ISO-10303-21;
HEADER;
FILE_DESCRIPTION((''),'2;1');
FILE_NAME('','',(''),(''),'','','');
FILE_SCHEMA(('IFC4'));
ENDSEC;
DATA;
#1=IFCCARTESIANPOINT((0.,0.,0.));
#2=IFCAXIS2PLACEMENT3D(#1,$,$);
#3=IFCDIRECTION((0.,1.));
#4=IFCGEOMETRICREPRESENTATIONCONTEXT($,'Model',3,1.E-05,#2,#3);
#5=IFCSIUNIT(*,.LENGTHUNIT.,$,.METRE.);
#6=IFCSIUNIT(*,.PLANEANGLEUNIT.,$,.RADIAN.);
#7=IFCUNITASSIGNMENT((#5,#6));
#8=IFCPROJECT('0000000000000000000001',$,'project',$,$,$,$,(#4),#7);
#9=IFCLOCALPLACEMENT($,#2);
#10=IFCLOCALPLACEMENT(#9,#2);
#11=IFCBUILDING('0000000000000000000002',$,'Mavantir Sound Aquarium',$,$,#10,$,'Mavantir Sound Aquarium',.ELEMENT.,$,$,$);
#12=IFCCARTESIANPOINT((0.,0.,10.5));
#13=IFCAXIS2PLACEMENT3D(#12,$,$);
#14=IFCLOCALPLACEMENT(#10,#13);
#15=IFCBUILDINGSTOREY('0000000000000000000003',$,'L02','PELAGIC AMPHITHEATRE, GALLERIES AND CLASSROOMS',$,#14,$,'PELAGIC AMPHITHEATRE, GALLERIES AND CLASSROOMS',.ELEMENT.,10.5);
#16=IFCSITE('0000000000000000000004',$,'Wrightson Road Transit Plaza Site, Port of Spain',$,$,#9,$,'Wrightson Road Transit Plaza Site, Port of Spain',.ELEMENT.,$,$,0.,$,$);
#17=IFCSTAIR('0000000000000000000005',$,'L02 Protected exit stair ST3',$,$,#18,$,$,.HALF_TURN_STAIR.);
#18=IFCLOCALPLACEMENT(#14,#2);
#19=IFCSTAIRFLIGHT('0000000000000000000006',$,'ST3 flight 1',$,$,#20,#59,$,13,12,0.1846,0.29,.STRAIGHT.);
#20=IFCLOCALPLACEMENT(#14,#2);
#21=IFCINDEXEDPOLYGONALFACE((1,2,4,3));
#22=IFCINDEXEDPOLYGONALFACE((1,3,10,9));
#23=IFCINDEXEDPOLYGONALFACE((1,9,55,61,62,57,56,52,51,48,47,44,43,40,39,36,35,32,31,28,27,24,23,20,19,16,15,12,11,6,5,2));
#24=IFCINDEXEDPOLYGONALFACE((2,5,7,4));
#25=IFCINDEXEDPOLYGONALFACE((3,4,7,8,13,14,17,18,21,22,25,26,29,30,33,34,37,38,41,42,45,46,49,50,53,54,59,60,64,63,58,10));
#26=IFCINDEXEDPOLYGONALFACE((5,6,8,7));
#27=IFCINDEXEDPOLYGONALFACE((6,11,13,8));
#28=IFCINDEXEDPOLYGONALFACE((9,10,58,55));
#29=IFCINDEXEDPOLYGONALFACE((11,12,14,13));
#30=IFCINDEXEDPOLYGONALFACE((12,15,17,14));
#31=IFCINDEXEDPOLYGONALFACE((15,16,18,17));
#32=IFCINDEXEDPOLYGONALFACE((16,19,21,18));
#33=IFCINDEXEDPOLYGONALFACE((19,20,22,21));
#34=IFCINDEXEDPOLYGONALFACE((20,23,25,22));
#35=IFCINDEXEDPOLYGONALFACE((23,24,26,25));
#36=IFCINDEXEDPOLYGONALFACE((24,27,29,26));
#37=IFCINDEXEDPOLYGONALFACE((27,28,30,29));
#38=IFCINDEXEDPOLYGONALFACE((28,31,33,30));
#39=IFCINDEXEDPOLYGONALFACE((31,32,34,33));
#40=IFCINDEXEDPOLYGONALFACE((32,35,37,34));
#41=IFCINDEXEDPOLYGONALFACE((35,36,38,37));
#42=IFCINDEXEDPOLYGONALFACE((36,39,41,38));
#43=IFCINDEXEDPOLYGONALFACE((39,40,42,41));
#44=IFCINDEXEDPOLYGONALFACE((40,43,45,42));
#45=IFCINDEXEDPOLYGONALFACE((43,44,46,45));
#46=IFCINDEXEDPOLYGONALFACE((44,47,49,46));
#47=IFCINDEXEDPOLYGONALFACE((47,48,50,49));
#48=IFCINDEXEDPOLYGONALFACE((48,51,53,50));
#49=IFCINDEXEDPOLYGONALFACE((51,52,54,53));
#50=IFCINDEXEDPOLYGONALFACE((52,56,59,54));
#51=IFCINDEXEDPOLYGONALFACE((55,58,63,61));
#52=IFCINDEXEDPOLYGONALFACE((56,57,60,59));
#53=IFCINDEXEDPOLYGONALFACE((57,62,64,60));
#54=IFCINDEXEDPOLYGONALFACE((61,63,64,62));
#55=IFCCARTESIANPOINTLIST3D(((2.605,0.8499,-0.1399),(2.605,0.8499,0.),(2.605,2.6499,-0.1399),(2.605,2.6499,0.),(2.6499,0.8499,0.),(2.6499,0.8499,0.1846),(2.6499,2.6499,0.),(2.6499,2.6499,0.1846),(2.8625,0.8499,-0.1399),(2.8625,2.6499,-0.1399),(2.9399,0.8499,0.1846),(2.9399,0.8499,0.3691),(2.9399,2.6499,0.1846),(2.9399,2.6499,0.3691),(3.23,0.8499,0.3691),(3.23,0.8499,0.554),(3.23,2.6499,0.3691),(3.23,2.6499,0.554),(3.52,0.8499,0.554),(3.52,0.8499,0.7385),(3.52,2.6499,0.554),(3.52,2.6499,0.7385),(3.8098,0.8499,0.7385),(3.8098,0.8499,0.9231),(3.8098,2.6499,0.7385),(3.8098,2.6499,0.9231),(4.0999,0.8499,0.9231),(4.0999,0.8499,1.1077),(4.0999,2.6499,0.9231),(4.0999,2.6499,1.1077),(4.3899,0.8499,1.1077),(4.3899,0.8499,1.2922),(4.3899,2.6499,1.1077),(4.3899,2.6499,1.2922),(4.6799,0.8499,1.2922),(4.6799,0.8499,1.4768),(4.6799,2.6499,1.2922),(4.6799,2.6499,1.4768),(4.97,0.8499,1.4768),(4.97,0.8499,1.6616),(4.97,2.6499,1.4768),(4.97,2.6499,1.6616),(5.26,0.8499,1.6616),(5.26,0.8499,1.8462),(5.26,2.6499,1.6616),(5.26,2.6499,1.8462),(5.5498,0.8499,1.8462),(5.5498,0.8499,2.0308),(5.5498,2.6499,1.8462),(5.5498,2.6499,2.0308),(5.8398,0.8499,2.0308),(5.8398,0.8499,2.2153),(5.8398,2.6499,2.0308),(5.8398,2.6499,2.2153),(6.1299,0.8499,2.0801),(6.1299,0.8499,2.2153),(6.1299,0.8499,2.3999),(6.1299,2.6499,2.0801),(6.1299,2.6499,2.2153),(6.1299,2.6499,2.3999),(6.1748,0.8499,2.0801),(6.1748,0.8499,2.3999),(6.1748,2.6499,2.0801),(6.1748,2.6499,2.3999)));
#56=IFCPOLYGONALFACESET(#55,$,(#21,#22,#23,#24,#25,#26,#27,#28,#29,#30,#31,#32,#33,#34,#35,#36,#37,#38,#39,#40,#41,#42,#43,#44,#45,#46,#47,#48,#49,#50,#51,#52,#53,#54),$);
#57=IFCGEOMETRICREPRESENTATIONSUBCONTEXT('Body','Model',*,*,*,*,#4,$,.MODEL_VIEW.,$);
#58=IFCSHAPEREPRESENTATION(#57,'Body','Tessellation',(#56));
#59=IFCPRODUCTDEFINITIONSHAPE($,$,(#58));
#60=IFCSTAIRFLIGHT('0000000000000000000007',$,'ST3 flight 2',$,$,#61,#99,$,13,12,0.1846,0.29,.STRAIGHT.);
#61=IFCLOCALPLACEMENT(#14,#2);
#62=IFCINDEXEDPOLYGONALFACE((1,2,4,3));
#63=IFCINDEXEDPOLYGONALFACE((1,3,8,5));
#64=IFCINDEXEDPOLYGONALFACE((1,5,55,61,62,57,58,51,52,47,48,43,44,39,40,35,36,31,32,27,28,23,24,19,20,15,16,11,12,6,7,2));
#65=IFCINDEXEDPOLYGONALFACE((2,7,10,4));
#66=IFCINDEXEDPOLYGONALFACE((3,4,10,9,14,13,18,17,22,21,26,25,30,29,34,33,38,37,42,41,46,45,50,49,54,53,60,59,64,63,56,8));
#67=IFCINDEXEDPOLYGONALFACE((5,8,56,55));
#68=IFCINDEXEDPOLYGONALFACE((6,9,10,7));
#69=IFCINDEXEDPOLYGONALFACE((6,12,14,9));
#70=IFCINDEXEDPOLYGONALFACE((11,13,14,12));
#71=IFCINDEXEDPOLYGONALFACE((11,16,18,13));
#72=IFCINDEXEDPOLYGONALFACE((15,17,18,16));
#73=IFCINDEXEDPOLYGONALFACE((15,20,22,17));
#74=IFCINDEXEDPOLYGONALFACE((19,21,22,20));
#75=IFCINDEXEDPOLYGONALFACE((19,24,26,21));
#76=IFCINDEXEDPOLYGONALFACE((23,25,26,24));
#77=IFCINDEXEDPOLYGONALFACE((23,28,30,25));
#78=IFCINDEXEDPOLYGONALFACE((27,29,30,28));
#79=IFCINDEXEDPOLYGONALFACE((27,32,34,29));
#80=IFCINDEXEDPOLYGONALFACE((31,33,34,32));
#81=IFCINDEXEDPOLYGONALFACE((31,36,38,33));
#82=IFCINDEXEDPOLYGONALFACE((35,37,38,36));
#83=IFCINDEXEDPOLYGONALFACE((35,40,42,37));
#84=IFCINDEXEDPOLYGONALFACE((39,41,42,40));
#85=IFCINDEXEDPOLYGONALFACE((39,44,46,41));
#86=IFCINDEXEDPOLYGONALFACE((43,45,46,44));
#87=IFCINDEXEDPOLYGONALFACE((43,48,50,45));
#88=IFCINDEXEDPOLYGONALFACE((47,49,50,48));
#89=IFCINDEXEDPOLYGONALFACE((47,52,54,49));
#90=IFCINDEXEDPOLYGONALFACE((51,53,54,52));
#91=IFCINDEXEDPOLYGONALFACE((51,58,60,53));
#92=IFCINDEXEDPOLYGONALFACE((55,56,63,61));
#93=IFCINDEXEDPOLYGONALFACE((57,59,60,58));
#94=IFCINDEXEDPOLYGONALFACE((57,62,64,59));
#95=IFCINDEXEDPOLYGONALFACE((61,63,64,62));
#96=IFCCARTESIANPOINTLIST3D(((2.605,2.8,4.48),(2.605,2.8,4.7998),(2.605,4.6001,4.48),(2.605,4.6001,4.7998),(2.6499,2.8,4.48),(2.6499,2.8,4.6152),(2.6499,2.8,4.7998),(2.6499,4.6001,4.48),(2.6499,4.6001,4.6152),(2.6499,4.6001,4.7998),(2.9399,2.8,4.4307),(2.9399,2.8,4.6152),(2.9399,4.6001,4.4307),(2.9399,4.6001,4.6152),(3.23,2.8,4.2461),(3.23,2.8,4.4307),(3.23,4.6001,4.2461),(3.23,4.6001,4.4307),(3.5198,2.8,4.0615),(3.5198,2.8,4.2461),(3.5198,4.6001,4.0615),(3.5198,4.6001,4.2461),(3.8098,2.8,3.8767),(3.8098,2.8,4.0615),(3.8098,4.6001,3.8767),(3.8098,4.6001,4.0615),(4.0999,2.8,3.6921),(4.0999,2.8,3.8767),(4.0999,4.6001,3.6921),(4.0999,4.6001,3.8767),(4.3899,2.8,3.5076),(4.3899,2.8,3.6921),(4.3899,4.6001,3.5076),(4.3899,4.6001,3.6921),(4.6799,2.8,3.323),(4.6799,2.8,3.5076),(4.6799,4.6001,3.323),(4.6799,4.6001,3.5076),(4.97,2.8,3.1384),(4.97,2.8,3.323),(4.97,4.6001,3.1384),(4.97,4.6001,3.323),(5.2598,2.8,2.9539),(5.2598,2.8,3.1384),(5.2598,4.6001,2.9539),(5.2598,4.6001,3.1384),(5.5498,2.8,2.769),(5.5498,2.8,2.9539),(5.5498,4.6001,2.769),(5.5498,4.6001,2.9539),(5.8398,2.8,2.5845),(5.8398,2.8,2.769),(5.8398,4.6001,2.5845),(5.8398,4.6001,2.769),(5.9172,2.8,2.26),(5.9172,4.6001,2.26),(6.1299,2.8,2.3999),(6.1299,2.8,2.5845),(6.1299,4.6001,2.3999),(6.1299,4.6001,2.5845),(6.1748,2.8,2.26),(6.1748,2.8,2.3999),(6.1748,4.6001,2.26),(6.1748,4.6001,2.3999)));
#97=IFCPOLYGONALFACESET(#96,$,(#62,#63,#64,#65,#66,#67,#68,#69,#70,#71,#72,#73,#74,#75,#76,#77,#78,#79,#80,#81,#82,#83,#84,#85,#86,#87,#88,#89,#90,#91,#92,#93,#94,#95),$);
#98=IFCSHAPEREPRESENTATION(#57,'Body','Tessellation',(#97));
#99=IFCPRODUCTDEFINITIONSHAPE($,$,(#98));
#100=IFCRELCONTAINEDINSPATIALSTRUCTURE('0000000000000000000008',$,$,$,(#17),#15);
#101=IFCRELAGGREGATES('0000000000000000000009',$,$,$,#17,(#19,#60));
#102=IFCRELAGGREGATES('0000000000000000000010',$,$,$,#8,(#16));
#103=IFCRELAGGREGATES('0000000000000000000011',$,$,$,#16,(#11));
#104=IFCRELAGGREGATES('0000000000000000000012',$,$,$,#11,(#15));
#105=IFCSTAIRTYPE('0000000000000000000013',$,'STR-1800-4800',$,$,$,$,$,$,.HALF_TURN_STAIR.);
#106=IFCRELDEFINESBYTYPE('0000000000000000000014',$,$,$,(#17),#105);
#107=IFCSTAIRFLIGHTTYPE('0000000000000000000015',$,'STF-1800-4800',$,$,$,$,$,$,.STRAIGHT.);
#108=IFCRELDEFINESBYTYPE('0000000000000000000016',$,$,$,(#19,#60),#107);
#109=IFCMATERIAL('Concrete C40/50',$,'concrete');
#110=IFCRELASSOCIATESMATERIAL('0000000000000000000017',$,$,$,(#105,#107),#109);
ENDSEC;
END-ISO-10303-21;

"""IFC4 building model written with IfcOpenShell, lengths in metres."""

from ifc_helpers import new_model, si_unit, direction, frame, origin, place, context, subcontext, project, spatial, polyline, outline, extrude, material, type_object, element, aggregate, save


model = new_model("IFC4")

# Units and contexts
model_context = context("Model", 3, precision=1e-05, world=origin(), true_north=direction((0.0, 1.0)))
body_context = subcontext(model_context, "Body", "Model", "MODEL_VIEW")
ifc_project = project(units=[si_unit("LENGTHUNIT", "METRE"), si_unit("PLANEANGLEUNIT", "RADIAN")], contexts=[model_context])

# Site, building, storey
site_placement = place(None, origin())
site = spatial("IfcSite", under=ifc_project, at=site_placement, Name="Wrightson Road Transit Plaza Site, Port of Spain", LongName="Wrightson Road Transit Plaza Site, Port of Spain", CompositionType="ELEMENT", RefElevation=0.0)
building_placement = place(site_placement, origin())
building = spatial("IfcBuilding", under=site, at=building_placement, Name="Mavantir Sound Aquarium", LongName="Mavantir Sound Aquarium", CompositionType="ELEMENT")
storey_placement = place(building_placement, frame((0.0, 0.0, 10.5)))
storey = spatial("IfcBuildingStorey", under=building, at=storey_placement, Name="L02", Description="PELAGIC AMPHITHEATRE, GALLERIES AND CLASSROOMS", LongName="PELAGIC AMPHITHEATRE, GALLERIES AND CLASSROOMS", CompositionType="ELEMENT", Elevation=10.5)

# Shared definitions
ifc_material_1 = material(Name="Concrete C40/50", Category="concrete")

# Stair
stair_type_1 = type_object("IfcStairType", Name="STR-1800-4800", PredefinedType="HALF_TURN_STAIR", material=ifc_material_1)
stair_1_placement = place(storey_placement, origin())
stair_1 = element("IfcStair", 1, at=stair_1_placement, inside=storey, type_object=stair_type_1, Name="L02 Protected exit stair ST3", PredefinedType="HALF_TURN_STAIR")

# Stair flights
stair_flight_type = type_object("IfcStairFlightType", Name="STF-1800-4800", PredefinedType="STRAIGHT", material=ifc_material_1)
stair_flight_1_placement = place(storey_placement, frame((2.6499, 1.75, 0.0), z_axis=(0.0, 0.0, 1.0), x_axis=(1.0, 0.0, 0.0)))
stair_flight_1 = element("IfcStairFlight", 2, at=stair_flight_1_placement, type_object=stair_flight_type, Name="ST3 flight 1", NumberOfRisers=13, NumberOfTreads=12, PredefinedType="STRAIGHT", RiserHeight=0.1846, TreadLength=0.29, context=body_context, shape_type="SweptSolid", body=[
    extrude(outline(polyline([(-0.0449, -0.1399), (-0.0449, 0.0), (0.0, 0.0), (0.0, 0.1846), (0.29, 0.1846), (0.29, 0.3691), (0.5801, 0.3691), (0.5801, 0.554), (0.8701, 0.554), (0.8701, 0.7385), (1.1599, 0.7385), (1.1599, 0.9231), (1.45, 0.9231), (1.45, 1.1077), (1.74, 1.1077), (1.74, 1.2922), (2.03, 1.2922), (2.03, 1.4768), (2.3201, 1.4768), (2.3201, 1.6616), (2.6101, 1.6616), (2.6101, 1.8462), (2.8999, 1.8462), (2.8999, 2.0308), (3.1899, 2.0308), (3.1899, 2.2153), (3.48, 2.2153), (3.48, 2.3999), (3.5249, 2.3999), (3.5249, 2.0801), (3.48, 2.0801), (0.2126, -0.1399), (-0.0449, -0.1399)])), frame((0.0, 0.8999, 0.0), z_axis=(0.0, -1.0, 0.0), x_axis=(1.0, 0.0, 0.0)), (0.0, 0.0, 1.0), 1.8),
])
stair_flight_2_placement = place(storey_placement, frame((6.1299, 3.7, 2.3999), z_axis=(0.0, 0.0, 1.0), x_axis=(-1.0, 0.0, 0.0)))
stair_flight_2 = element("IfcStairFlight", 3, at=stair_flight_2_placement, type_object=stair_flight_type, Name="ST3 flight 2", NumberOfRisers=13, NumberOfTreads=12, PredefinedType="STRAIGHT", RiserHeight=0.1846, TreadLength=0.29, context=body_context, shape_type="SweptSolid", body=[
    extrude(outline(polyline([(-0.0449, -0.1399), (-0.0449, 0.0), (0.0, 0.0), (0.0, 0.1846), (0.29, 0.1846), (0.29, 0.3691), (0.5801, 0.3691), (0.5801, 0.554), (0.8701, 0.554), (0.8701, 0.7385), (1.1599, 0.7385), (1.1599, 0.9231), (1.45, 0.9231), (1.45, 1.1077), (1.74, 1.1077), (1.74, 1.2922), (2.03, 1.2922), (2.03, 1.4768), (2.3201, 1.4768), (2.3201, 1.6616), (2.6101, 1.6616), (2.6101, 1.8462), (2.8999, 1.8462), (2.8999, 2.0308), (3.1899, 2.0308), (3.1899, 2.2153), (3.48, 2.2153), (3.48, 2.3999), (3.5249, 2.3999), (3.5249, 2.0801), (3.48, 2.0801), (0.2126, -0.1399), (-0.0449, -0.1399)])), frame((0.0, 0.8999, 0.0), z_axis=(0.0, -1.0, 0.0), x_axis=(1.0, 0.0, 0.0)), (0.0, 0.0, 1.0), 1.8),
])
aggregate(stair_1, [stair_flight_1, stair_flight_2])

save(model, "model.ifc")
